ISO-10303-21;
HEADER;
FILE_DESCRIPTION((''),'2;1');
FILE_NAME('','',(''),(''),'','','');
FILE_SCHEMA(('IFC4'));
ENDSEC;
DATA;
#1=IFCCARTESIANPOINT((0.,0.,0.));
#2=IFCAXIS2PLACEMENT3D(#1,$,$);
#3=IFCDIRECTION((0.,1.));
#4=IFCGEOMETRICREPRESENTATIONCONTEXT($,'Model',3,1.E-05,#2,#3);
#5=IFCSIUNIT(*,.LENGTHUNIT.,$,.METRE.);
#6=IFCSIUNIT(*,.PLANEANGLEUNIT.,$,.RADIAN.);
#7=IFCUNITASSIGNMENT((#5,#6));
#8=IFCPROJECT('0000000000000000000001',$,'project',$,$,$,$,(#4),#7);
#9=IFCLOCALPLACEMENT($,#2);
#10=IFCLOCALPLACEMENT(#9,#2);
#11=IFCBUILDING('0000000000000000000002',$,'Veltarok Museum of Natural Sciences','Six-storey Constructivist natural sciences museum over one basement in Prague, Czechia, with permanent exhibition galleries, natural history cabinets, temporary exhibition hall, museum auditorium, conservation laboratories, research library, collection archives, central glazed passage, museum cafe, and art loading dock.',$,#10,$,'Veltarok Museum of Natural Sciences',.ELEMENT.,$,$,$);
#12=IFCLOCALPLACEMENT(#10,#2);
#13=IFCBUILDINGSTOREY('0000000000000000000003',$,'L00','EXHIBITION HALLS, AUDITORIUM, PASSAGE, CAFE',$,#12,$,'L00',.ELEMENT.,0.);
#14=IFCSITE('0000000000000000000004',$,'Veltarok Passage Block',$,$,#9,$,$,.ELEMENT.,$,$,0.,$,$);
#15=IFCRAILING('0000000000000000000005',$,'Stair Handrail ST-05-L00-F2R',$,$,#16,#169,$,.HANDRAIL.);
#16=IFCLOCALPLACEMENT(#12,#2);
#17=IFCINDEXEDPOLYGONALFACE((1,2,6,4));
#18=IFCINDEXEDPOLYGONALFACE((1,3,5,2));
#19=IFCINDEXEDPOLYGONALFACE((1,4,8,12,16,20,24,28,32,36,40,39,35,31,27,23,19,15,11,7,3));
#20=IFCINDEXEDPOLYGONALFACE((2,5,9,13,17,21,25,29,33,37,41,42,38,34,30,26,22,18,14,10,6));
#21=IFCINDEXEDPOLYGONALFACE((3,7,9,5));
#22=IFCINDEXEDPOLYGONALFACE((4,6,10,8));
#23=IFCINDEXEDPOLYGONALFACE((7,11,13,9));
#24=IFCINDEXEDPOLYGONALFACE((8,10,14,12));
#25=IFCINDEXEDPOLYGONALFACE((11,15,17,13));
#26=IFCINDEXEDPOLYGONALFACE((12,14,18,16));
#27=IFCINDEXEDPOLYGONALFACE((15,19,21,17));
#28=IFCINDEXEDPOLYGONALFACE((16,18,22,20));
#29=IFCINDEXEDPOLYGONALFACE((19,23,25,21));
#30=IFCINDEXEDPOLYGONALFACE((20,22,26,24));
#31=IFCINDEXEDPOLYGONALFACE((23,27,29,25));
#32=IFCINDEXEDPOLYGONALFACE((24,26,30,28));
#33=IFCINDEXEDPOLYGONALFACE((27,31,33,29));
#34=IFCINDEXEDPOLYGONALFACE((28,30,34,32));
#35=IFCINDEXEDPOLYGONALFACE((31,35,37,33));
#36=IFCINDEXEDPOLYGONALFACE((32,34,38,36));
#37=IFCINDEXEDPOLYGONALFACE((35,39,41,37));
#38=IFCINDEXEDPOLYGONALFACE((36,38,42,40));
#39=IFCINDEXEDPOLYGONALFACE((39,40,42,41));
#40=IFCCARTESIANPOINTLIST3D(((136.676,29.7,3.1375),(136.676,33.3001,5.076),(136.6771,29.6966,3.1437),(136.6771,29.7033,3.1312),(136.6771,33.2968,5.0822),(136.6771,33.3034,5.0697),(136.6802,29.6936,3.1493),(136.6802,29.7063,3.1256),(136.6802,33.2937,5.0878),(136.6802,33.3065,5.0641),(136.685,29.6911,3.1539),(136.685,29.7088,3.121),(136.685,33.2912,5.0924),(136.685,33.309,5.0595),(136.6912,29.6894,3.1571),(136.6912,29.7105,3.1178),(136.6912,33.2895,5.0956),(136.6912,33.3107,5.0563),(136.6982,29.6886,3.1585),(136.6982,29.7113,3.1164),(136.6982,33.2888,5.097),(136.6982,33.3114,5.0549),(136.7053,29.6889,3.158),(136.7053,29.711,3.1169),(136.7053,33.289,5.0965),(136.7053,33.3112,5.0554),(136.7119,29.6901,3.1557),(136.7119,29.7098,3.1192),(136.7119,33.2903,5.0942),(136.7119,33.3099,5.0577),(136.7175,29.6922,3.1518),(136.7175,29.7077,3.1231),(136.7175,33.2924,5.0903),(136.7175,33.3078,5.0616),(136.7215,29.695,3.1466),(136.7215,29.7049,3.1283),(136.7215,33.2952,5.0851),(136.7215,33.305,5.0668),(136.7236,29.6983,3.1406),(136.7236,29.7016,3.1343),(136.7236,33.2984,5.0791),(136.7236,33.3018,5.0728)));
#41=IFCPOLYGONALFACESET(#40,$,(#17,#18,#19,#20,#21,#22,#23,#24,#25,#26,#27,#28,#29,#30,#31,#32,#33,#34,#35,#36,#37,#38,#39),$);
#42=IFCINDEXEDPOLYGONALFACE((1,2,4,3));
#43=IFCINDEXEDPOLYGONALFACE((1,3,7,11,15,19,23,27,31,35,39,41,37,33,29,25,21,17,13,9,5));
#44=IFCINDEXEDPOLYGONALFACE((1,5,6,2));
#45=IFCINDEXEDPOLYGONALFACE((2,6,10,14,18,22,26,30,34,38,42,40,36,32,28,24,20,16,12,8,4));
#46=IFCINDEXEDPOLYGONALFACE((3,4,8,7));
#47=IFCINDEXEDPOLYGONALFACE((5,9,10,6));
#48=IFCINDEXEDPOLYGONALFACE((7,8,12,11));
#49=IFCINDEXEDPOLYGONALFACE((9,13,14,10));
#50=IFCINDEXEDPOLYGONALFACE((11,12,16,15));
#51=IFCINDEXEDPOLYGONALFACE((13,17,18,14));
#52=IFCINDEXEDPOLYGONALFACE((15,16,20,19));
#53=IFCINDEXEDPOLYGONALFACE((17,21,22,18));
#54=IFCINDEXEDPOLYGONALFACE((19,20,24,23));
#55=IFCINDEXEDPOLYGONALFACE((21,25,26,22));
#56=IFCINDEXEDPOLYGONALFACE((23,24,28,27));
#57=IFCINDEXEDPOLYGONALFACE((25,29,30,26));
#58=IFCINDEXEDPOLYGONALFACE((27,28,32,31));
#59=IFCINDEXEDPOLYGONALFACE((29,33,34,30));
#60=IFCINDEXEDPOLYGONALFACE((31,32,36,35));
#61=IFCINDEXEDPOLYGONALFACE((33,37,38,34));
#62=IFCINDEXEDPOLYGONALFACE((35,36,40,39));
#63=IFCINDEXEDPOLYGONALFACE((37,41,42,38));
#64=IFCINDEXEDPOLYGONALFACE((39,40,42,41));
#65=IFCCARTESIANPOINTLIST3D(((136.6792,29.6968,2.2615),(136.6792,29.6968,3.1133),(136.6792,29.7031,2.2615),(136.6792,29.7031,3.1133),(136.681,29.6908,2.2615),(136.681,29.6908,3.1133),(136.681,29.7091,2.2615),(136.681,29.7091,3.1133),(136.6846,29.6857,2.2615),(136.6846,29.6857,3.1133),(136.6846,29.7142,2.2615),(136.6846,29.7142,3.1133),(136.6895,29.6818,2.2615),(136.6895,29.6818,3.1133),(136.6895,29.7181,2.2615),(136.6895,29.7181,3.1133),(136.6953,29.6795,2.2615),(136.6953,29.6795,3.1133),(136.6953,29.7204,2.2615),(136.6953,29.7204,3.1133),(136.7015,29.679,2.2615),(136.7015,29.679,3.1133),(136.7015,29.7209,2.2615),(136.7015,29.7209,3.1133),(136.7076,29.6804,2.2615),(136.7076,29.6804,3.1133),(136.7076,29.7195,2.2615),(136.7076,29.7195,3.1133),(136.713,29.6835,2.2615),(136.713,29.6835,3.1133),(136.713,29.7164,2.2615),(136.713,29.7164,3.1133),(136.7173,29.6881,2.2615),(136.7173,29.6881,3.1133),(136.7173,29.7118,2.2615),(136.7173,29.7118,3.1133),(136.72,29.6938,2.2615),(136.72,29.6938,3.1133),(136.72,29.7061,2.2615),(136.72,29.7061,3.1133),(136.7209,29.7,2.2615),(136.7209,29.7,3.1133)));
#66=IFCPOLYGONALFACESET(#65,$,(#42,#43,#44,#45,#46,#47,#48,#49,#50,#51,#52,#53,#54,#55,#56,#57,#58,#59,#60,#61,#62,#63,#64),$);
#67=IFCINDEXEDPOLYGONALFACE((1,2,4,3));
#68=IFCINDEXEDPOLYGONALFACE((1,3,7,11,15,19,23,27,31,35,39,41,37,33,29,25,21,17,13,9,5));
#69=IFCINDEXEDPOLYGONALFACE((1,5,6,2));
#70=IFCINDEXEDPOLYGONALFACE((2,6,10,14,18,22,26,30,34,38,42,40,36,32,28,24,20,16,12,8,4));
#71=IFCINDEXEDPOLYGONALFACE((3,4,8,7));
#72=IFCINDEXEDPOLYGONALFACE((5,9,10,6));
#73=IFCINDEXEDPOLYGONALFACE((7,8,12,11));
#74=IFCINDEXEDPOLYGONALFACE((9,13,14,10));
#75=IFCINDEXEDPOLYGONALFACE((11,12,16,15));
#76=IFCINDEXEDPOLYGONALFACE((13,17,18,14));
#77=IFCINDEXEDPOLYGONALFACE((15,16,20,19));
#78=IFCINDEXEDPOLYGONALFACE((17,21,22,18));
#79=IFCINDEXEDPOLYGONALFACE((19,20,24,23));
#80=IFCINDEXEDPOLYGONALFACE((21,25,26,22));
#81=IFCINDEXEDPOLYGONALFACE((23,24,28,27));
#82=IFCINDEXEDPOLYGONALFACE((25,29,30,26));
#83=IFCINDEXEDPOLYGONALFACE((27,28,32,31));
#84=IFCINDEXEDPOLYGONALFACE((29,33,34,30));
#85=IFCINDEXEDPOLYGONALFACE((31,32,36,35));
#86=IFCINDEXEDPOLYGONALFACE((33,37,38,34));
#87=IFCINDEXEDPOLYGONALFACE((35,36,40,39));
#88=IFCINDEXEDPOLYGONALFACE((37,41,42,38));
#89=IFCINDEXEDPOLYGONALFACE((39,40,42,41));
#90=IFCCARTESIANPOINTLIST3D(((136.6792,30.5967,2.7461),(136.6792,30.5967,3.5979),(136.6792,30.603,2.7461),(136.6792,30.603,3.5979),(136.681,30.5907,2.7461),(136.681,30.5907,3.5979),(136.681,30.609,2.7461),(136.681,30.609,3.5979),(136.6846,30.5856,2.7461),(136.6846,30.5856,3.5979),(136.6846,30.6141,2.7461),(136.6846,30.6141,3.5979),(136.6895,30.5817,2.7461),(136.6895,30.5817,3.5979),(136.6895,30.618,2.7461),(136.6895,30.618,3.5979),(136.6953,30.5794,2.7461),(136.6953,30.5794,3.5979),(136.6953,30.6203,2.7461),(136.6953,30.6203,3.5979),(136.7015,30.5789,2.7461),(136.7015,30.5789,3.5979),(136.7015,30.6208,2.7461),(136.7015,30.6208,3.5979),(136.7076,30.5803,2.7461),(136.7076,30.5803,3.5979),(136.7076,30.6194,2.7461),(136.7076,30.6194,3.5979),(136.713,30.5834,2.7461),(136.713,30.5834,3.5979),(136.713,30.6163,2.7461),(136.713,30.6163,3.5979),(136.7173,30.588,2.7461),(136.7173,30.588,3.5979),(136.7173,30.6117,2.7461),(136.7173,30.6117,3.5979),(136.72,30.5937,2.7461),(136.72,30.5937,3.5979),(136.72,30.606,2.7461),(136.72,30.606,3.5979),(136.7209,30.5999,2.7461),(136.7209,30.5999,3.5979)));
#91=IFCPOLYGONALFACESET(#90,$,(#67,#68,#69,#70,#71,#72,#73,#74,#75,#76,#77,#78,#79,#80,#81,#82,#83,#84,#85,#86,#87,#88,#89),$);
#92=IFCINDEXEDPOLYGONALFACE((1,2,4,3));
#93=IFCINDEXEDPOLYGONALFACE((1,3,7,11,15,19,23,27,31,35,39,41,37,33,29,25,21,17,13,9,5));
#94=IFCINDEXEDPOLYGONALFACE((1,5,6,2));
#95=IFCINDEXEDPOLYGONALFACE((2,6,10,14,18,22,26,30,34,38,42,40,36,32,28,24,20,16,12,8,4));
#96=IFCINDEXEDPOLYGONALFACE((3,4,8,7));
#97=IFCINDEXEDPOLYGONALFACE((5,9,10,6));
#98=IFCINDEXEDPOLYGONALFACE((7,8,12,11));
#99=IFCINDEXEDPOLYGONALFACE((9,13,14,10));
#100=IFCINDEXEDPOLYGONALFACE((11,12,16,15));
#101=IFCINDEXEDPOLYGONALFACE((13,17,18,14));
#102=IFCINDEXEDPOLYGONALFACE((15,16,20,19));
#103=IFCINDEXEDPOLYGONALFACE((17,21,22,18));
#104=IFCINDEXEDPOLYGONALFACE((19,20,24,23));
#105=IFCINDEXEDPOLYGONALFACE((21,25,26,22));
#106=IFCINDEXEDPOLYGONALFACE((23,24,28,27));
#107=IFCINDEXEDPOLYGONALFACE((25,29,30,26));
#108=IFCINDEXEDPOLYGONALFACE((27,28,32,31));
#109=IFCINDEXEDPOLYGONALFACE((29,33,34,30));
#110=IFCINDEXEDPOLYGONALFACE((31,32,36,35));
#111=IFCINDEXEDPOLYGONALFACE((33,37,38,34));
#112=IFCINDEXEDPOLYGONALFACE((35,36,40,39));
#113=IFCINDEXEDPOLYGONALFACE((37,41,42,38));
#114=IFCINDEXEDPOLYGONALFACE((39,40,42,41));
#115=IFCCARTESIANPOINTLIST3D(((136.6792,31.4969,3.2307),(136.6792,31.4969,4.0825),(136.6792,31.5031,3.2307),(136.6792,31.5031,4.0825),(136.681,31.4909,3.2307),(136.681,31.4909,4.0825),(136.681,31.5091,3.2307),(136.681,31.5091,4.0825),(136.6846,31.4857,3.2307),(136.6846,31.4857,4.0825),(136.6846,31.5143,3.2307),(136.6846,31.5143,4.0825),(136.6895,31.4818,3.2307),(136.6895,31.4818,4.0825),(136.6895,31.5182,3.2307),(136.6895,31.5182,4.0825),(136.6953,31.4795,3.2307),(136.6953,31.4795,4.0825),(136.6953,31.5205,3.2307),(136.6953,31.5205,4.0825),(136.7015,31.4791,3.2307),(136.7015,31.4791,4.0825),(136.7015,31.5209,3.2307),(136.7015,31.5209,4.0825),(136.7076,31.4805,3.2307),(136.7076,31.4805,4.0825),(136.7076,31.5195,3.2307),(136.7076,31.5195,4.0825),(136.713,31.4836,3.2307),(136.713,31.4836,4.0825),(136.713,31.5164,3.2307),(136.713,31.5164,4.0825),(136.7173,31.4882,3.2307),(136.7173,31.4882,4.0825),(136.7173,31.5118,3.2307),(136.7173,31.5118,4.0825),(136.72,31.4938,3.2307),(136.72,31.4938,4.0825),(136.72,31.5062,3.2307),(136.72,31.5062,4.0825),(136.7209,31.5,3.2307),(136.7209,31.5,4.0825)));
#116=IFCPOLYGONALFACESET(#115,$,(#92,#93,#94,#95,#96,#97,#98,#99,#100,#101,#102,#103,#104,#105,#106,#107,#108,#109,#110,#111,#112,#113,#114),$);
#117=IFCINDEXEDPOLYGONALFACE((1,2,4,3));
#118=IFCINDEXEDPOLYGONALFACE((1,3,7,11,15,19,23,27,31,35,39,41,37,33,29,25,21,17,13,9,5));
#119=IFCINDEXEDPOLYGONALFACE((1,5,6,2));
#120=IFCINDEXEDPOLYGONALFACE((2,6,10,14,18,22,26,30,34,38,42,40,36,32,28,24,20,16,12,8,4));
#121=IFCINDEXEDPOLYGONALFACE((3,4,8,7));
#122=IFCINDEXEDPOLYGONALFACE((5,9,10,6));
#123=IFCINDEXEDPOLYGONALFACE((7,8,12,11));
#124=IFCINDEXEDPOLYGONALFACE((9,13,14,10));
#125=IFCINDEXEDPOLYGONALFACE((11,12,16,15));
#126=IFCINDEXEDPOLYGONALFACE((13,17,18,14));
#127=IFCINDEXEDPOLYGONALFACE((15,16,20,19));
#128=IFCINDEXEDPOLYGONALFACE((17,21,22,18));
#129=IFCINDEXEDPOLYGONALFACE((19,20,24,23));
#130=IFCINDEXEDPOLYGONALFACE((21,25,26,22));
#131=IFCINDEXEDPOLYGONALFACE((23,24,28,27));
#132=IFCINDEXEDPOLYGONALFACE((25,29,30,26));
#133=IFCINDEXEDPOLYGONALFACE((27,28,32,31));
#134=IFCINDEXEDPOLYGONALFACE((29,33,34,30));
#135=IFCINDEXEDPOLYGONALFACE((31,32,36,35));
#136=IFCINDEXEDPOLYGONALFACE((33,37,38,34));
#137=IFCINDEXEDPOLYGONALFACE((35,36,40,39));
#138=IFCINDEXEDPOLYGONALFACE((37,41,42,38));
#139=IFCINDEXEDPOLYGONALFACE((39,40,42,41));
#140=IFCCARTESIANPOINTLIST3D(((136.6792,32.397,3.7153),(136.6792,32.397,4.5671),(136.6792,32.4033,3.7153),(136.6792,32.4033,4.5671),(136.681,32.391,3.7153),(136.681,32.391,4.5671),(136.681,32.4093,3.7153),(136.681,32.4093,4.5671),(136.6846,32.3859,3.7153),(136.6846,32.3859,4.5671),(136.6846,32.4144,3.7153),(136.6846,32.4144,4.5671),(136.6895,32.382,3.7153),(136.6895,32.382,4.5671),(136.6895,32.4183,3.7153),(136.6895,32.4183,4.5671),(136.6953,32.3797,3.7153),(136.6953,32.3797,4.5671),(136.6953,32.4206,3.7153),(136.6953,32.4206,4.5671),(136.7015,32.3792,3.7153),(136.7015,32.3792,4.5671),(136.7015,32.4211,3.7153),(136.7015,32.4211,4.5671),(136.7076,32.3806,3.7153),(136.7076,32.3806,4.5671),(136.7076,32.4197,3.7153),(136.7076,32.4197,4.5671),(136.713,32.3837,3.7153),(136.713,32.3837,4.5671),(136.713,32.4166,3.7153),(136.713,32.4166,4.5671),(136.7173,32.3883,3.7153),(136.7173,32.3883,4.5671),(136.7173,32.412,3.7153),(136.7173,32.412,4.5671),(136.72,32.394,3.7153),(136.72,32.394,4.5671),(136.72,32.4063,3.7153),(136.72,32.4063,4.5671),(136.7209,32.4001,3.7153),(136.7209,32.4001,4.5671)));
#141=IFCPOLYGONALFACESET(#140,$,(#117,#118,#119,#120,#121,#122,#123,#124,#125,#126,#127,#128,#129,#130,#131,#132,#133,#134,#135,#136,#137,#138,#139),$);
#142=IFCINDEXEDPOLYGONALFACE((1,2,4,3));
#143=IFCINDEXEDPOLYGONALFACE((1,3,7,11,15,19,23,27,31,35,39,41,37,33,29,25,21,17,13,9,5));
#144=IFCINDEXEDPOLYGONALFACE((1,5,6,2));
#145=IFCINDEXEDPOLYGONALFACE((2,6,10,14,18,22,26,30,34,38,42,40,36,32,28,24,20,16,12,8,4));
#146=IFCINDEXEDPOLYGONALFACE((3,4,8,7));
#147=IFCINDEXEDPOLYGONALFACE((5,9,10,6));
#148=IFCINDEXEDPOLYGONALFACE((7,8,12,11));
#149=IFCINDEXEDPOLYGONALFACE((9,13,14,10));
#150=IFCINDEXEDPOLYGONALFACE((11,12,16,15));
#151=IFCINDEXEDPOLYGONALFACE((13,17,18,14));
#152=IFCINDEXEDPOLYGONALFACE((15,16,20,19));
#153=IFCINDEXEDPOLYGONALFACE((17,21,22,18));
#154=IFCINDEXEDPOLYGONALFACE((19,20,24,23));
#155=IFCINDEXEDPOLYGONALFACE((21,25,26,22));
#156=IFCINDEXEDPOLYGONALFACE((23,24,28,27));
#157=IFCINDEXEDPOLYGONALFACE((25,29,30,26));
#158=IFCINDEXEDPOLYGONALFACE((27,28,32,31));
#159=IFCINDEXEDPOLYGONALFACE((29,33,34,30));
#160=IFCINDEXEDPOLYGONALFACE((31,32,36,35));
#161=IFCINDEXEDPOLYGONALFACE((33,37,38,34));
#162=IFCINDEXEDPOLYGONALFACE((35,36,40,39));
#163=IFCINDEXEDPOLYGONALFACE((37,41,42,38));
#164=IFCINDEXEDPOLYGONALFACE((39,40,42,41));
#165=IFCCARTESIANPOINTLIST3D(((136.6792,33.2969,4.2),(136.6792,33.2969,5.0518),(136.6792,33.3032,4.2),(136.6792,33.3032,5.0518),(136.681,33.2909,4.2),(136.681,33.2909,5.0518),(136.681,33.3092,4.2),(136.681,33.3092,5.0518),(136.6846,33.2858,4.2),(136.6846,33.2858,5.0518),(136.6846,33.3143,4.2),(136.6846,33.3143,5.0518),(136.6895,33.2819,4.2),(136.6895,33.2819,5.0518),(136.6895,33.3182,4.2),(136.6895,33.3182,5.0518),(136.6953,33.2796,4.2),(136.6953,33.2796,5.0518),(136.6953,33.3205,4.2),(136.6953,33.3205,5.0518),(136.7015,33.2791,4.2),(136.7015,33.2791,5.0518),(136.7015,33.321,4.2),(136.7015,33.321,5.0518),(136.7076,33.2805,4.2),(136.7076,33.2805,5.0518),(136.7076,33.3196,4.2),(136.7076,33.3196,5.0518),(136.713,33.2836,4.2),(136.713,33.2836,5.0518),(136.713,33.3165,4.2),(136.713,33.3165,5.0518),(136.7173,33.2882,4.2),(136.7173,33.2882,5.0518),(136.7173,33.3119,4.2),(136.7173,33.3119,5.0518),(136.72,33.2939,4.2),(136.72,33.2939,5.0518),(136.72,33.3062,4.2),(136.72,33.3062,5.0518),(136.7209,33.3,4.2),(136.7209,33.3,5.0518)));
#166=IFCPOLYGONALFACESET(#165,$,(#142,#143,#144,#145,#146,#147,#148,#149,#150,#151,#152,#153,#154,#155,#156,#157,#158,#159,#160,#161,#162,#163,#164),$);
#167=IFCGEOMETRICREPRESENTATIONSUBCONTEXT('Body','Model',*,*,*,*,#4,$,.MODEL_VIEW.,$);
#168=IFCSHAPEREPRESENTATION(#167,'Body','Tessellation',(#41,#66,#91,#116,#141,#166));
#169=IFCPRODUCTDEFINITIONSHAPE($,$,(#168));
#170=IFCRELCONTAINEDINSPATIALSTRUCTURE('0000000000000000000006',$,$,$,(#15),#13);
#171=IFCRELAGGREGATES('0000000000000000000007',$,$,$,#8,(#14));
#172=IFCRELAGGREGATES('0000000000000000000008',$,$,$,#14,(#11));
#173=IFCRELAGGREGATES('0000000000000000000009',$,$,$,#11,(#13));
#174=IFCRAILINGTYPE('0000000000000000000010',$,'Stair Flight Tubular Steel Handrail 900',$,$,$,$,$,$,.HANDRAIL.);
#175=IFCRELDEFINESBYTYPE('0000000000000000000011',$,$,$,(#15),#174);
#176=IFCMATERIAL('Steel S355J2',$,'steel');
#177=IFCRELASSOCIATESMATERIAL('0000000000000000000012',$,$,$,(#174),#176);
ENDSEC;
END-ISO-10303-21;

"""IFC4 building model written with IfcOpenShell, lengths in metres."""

from ifc_helpers import new_model, si_unit, direction, frame, origin, origin_2d, place, context, subcontext, project, spatial, circle, extrude, material, type_object, element, save


model = new_model("IFC4")

# Units and contexts
model_context = context("Model", 3, precision=1e-05, world=origin(), true_north=direction((0.0, 1.0)))
body_context = subcontext(model_context, "Body", "Model", "MODEL_VIEW")
ifc_project = project(units=[si_unit("LENGTHUNIT", "METRE"), si_unit("PLANEANGLEUNIT", "RADIAN")], contexts=[model_context])

# Site, building, storey
site_placement = place(None, origin())
site = spatial("IfcSite", under=ifc_project, at=site_placement, Name="Veltarok Passage Block", CompositionType="ELEMENT", RefElevation=0.0)
building_placement = place(site_placement, origin())
building = spatial("IfcBuilding", under=site, at=building_placement, Name="Veltarok Museum of Natural Sciences", Description="Six-storey Constructivist natural sciences museum over one basement in Prague, Czechia, with permanent exhibition galleries, natural history cabinets, temporary exhibition hall, museum auditorium, conservation laboratories, research library, collection archives, central glazed passage, museum cafe, and art loading dock.", LongName="Veltarok Museum of Natural Sciences", CompositionType="ELEMENT")
storey_placement = place(building_placement, origin())
storey = spatial("IfcBuildingStorey", under=building, at=storey_placement, Name="L00", Description="EXHIBITION HALLS, AUDITORIUM, PASSAGE, CAFE", LongName="L00", CompositionType="ELEMENT", Elevation=0.0)

# Shared definitions
ifc_material_1 = material(Name="Steel S355J2", Category="steel")

# Railing
railing_type_1 = type_object("IfcRailingType", Name="Stair Flight Tubular Steel Handrail 900", PredefinedType="HANDRAIL", material=ifc_material_1)
for number, where, name in (
    (1, (136.7, 29.7, 2.2615), "Stair Handrail ST-05-L00-F2R"),
):
    element("IfcRailing", number, at=place(storey_placement, frame(where)), inside=storey, type_object=railing_type_1, Name=name, PredefinedType="HANDRAIL", context=body_context, shape_type="SweptSolid", body=[
        extrude(circle(Radius=0.0239, at=origin_2d()), frame((0.0, 0.0, 0.876), z_axis=(0.0, 0.880475, 0.474093), x_axis=(-1.0, 0.0, 0.0)), (0.0, 0.0, 1.0), 4.0889),
        extrude(circle(Radius=0.021, at=origin_2d()), origin(), (0.0, 0.0, 1.0), 0.8518),
        extrude(circle(Radius=0.021, at=origin_2d()), frame((0.0, 0.8999, 0.4846)), (0.0, 0.0, 1.0), 0.8518),
        extrude(circle(Radius=0.021, at=origin_2d()), frame((0.0, 1.8, 0.9692)), (0.0, 0.0, 1.0), 0.8518),
        extrude(circle(Radius=0.021, at=origin_2d()), frame((0.0, 2.7002, 1.4539)), (0.0, 0.0, 1.0), 0.8518),
        extrude(circle(Radius=0.021, at=origin_2d()), frame((0.0, 3.6001, 1.9385)), (0.0, 0.0, 1.0), 0.8518),
    ])

save(model, "model.ifc")
